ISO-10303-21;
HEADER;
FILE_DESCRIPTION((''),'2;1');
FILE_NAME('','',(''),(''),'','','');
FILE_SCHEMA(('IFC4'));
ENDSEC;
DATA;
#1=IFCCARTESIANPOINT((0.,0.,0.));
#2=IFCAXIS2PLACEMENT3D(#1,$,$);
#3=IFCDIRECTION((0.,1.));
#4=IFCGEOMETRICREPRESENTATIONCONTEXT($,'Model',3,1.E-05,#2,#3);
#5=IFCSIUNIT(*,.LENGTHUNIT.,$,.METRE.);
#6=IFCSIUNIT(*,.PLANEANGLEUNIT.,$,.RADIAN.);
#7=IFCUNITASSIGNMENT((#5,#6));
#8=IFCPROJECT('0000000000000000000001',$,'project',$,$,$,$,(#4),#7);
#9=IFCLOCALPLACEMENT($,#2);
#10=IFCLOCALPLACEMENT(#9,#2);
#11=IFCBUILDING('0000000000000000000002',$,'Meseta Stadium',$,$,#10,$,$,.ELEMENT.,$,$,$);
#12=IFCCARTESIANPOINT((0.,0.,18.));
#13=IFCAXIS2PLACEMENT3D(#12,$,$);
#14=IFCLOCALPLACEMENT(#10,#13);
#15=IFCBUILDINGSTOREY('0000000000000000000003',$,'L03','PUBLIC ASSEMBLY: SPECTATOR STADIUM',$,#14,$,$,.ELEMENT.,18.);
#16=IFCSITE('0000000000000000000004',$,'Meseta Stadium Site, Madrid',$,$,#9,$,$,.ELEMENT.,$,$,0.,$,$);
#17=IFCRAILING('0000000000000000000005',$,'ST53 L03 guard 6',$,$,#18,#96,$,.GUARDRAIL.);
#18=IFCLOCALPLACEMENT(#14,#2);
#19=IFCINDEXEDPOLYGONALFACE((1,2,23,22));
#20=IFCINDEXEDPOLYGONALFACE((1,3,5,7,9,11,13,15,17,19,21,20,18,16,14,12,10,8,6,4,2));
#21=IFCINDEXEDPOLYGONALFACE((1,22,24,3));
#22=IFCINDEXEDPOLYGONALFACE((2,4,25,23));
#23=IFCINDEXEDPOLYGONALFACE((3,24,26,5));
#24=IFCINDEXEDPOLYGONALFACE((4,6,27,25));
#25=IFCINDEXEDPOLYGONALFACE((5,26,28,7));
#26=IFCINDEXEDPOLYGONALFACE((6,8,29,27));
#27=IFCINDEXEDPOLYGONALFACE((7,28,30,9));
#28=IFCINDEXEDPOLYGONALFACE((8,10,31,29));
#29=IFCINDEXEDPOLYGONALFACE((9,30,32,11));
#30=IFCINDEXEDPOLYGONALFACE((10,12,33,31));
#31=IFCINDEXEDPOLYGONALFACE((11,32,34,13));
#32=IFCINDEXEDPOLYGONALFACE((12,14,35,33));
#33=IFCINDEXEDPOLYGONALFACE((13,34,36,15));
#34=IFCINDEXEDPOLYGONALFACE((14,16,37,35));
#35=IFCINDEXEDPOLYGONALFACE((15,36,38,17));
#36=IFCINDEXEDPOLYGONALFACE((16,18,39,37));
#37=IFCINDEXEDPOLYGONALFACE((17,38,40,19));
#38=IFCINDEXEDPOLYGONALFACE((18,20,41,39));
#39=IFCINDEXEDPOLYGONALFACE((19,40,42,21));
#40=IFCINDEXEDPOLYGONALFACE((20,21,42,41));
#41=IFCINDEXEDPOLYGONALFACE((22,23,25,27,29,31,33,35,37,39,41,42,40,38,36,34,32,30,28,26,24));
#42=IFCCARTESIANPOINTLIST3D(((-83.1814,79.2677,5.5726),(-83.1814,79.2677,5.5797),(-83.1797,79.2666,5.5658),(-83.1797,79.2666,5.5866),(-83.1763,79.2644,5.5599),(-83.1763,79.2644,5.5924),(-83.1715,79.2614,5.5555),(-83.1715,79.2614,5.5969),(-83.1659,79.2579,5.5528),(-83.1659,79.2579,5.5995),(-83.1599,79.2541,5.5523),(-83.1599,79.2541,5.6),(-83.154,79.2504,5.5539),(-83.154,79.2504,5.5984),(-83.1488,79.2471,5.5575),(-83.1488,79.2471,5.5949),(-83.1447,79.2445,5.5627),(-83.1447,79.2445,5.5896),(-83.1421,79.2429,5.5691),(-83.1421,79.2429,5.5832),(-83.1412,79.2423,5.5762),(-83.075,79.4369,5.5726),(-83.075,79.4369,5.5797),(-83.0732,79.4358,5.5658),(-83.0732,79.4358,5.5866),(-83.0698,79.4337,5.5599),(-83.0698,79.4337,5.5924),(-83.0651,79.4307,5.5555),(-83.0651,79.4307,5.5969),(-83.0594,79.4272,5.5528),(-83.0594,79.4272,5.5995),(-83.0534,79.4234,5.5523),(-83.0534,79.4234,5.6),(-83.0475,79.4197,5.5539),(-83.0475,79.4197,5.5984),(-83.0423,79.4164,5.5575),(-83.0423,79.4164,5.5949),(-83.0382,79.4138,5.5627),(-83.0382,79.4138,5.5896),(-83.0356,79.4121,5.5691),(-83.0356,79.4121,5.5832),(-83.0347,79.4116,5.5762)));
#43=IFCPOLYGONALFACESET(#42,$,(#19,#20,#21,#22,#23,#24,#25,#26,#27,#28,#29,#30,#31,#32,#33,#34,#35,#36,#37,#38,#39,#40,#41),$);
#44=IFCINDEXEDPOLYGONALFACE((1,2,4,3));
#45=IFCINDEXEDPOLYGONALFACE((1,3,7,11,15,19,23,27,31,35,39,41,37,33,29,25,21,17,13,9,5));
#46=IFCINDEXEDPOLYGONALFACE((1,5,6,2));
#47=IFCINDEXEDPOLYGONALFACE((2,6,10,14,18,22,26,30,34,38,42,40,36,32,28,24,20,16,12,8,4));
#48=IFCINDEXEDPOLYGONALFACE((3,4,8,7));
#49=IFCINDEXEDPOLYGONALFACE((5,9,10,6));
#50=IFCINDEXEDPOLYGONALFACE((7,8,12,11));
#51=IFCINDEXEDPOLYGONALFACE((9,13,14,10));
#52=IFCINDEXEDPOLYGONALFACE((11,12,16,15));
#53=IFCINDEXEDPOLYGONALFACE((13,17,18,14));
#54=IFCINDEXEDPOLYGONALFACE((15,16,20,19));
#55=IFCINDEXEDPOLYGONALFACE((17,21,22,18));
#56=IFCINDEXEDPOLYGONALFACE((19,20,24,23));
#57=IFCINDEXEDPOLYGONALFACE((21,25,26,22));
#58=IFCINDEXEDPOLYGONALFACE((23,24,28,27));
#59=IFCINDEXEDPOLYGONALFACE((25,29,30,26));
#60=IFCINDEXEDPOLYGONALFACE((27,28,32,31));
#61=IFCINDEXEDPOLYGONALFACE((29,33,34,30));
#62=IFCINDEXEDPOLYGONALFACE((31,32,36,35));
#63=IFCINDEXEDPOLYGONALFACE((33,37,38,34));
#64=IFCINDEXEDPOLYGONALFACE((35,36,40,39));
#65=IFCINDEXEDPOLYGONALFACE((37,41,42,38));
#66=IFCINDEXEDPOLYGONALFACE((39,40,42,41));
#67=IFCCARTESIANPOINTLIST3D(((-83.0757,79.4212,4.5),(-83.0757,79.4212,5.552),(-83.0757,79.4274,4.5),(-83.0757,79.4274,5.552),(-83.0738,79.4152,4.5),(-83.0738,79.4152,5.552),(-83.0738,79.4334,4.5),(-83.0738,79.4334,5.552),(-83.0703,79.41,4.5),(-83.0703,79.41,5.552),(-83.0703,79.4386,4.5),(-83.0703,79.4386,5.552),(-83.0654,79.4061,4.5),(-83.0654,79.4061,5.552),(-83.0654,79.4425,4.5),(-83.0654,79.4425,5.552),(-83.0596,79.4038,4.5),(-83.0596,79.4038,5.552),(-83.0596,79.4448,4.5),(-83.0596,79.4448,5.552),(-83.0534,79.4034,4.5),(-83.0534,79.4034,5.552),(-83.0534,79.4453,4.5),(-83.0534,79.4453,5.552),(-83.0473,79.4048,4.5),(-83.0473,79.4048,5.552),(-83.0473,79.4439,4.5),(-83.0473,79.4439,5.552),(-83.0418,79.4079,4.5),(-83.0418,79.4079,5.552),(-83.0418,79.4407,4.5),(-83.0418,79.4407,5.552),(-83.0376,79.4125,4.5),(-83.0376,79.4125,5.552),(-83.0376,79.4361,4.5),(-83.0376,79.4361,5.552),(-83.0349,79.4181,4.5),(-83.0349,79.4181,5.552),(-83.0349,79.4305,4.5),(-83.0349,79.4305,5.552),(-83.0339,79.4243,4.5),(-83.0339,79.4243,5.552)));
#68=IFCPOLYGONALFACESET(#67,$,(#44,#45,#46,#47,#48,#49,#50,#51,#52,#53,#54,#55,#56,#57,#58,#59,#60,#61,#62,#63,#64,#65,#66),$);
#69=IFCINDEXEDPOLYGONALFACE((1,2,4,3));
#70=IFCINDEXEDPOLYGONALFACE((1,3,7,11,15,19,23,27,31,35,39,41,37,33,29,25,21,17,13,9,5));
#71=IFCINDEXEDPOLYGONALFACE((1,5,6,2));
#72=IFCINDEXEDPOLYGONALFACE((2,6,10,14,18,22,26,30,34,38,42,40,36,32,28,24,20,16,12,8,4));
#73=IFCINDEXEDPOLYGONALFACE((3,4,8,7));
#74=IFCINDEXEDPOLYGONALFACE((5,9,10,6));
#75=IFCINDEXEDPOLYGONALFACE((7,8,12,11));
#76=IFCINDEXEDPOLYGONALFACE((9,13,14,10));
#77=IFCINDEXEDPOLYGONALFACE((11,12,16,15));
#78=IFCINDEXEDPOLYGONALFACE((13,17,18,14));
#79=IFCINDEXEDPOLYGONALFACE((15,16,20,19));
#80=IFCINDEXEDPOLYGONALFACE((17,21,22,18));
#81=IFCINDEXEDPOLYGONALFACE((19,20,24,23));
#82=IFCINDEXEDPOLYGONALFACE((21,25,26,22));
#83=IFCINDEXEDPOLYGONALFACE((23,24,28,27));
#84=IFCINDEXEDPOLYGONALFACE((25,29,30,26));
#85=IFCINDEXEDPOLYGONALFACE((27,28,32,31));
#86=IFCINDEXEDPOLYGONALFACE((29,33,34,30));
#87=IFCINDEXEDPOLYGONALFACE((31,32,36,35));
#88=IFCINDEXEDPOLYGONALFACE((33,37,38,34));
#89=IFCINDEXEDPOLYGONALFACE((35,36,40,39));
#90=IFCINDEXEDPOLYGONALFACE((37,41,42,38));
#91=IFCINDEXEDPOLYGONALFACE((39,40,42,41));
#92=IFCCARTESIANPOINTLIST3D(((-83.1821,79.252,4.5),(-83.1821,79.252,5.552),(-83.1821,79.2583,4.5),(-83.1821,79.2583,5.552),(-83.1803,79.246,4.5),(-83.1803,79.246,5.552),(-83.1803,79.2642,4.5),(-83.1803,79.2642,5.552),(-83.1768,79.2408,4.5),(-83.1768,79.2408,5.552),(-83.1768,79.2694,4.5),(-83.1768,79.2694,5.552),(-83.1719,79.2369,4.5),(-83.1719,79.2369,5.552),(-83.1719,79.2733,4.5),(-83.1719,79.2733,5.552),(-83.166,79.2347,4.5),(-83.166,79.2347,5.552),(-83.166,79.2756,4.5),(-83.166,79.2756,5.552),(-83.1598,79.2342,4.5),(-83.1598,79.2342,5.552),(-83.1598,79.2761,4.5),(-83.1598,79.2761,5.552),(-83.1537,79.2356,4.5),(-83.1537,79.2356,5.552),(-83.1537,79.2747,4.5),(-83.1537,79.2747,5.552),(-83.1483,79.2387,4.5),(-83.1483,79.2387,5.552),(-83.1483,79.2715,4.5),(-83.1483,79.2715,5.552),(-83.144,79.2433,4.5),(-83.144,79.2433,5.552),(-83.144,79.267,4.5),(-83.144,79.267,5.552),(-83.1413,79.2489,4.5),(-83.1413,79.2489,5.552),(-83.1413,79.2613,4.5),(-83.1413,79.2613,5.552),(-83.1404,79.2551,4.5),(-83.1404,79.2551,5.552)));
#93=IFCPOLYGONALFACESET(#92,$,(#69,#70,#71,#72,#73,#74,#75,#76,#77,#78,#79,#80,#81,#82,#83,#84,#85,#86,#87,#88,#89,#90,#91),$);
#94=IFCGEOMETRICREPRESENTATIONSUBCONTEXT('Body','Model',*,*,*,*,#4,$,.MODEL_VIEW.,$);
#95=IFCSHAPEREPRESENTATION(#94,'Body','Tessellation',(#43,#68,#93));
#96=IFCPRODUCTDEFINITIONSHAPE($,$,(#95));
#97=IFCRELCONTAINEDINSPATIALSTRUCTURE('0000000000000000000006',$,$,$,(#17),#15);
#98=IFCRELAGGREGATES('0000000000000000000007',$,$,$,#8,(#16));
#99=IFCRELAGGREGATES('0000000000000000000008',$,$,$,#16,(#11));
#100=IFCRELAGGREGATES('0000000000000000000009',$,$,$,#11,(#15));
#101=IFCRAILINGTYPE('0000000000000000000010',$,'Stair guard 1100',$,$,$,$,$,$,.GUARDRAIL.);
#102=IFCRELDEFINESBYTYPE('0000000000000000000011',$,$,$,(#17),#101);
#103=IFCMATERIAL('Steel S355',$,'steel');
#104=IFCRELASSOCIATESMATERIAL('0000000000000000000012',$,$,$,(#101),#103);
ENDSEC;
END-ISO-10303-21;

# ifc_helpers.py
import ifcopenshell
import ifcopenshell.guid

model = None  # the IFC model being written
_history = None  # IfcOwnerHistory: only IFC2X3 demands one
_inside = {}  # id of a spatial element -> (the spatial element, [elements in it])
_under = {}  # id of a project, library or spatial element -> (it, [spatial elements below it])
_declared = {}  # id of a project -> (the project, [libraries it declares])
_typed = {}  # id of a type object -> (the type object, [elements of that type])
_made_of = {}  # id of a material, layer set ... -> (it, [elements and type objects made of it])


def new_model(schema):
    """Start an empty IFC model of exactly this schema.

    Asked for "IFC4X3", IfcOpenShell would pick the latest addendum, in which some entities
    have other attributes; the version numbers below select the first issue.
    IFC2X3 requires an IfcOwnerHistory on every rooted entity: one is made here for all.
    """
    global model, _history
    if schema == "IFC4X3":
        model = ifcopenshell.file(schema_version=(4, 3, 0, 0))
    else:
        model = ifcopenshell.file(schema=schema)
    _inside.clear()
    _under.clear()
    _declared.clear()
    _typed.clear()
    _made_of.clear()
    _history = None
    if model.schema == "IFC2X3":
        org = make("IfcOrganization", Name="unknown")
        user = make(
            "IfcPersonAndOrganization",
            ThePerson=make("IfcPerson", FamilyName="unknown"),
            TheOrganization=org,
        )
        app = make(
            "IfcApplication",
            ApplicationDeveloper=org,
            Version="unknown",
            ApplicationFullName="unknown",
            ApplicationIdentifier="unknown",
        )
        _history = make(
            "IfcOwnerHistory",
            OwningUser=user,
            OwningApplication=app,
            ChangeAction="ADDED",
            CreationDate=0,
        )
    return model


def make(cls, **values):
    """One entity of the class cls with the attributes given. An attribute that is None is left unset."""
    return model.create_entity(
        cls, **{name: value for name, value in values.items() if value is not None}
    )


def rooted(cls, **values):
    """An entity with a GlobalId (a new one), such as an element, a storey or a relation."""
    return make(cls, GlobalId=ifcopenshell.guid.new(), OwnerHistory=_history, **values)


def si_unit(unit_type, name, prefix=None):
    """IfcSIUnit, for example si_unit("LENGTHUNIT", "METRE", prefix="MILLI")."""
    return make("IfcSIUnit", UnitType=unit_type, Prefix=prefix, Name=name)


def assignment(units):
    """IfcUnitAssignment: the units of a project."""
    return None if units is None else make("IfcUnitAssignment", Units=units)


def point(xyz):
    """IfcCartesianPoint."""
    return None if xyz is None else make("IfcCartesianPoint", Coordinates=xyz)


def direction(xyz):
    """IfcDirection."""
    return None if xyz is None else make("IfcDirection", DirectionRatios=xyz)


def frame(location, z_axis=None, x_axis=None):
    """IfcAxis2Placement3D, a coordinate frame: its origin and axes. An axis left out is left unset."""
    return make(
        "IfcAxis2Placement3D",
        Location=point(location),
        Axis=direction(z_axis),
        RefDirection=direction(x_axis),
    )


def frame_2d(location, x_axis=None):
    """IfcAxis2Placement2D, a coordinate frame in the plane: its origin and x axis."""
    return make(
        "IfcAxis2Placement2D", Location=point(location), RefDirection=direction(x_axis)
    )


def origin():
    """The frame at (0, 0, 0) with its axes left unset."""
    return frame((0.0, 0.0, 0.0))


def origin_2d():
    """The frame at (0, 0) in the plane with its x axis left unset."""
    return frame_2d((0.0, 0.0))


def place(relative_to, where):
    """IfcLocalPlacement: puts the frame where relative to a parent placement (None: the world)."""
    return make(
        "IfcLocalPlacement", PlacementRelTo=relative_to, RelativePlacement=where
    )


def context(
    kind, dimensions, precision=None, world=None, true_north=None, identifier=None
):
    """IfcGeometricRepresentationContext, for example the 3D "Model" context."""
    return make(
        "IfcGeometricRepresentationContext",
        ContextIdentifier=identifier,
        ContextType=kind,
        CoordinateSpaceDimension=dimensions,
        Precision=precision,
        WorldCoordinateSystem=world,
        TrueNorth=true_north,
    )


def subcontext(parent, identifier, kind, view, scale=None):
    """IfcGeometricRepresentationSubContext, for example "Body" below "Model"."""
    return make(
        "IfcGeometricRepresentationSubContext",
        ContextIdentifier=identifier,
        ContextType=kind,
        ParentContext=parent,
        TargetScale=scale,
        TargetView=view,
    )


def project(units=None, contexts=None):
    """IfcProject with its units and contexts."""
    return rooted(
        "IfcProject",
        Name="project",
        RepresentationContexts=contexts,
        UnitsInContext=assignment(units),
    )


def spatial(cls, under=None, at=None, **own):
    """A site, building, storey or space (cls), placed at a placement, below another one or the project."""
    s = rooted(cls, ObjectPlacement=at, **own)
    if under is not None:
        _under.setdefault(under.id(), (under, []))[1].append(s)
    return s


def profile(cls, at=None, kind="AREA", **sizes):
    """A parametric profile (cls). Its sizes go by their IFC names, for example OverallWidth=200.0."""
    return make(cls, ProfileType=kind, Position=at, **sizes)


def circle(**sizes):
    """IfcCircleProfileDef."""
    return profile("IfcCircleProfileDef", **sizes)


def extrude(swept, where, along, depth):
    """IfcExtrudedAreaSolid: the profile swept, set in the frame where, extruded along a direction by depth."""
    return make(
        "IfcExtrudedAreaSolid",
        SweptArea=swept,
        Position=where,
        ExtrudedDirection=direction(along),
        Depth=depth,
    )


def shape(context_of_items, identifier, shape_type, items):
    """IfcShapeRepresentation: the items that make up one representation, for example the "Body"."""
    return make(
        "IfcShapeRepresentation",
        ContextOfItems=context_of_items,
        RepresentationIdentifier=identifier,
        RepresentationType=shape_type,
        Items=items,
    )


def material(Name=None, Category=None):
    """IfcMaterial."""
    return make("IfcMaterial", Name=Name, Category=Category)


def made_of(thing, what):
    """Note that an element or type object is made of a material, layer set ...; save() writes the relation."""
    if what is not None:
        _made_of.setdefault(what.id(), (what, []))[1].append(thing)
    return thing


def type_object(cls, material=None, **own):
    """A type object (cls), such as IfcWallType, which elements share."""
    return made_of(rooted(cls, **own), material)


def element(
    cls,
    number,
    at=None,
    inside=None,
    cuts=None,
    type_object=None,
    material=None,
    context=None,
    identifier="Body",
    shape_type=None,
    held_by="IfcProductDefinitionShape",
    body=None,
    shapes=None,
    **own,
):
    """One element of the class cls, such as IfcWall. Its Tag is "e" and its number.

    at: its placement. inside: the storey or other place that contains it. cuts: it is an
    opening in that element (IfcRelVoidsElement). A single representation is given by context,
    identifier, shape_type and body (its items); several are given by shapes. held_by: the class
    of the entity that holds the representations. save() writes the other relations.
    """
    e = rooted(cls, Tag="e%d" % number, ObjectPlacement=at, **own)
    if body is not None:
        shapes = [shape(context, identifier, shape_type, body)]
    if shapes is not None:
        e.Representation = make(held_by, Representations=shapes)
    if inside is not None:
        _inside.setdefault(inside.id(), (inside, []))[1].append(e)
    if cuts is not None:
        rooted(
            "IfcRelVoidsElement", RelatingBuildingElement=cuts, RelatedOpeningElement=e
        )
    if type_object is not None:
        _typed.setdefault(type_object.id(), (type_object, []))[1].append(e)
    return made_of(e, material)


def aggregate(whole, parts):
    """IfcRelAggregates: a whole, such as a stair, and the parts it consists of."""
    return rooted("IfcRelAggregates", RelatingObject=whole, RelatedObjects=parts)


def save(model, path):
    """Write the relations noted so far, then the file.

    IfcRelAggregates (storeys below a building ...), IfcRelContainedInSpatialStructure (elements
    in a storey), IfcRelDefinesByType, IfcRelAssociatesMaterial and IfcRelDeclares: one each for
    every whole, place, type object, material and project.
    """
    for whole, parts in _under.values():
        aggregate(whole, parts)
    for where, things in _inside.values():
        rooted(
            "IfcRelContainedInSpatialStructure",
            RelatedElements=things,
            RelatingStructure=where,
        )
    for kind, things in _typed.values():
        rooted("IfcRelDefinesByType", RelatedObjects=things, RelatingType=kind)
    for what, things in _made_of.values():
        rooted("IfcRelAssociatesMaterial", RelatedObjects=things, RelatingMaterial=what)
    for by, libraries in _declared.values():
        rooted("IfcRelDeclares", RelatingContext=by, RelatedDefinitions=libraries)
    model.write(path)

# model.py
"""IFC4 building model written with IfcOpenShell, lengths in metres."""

from ifc_helpers import new_model, si_unit, direction, frame, origin, origin_2d, place, context, subcontext, project, spatial, circle, extrude, material, type_object, element, save


model = new_model("IFC4")

# Units and contexts
model_context = context("Model", 3, precision=1e-05, world=origin(), true_north=direction((0.0, 1.0)))
body_context = subcontext(model_context, "Body", "Model", "MODEL_VIEW")
ifc_project = project(units=[si_unit("LENGTHUNIT", "METRE"), si_unit("PLANEANGLEUNIT", "RADIAN")], contexts=[model_context])

# Site, building, storey
site_placement = place(None, origin())
site = spatial("IfcSite", under=ifc_project, at=site_placement, Name="Meseta Stadium Site, Madrid", CompositionType="ELEMENT", RefElevation=0.0)
building_placement = place(site_placement, origin())
building = spatial("IfcBuilding", under=site, at=building_placement, Name="Meseta Stadium", CompositionType="ELEMENT")
storey_placement = place(building_placement, frame((0.0, 0.0, 18.0)))
storey = spatial("IfcBuildingStorey", under=building, at=storey_placement, Name="L03", Description="PUBLIC ASSEMBLY: SPECTATOR STADIUM", CompositionType="ELEMENT", Elevation=18.0)

# Railing
ifc_material_1 = material(Name="Steel S355", Category="steel")
railing_type_1 = type_object("IfcRailingType", Name="Stair guard 1100", PredefinedType="GUARDRAIL", material=ifc_material_1)
railing_1_placement = place(storey_placement, frame((-83.0549, 79.4243, 4.5)))
element("IfcRailing", 1, at=railing_1_placement, inside=storey, type_object=railing_type_1, Name="ST53 L03 guard 6", PredefinedType="GUARDRAIL", context=body_context, shape_type="SweptSolid", body=[
    extrude(circle(Radius=0.0239, at=origin_2d()), frame((0.0, 0.0, 1.0762), z_axis=(-0.532522, -0.846416, 0.0), x_axis=(0.846416, -0.532522, 0.0)), (0.0, 0.0, 1.0), 0.2),
    extrude(circle(Radius=0.021, at=origin_2d()), origin(), (0.0, 0.0, 1.0), 1.052),
    extrude(circle(Radius=0.021, at=origin_2d()), frame((-0.1064, -0.1692, 0.0)), (0.0, 0.0, 1.0), 1.052),
])

save(model, "model.ifc")
